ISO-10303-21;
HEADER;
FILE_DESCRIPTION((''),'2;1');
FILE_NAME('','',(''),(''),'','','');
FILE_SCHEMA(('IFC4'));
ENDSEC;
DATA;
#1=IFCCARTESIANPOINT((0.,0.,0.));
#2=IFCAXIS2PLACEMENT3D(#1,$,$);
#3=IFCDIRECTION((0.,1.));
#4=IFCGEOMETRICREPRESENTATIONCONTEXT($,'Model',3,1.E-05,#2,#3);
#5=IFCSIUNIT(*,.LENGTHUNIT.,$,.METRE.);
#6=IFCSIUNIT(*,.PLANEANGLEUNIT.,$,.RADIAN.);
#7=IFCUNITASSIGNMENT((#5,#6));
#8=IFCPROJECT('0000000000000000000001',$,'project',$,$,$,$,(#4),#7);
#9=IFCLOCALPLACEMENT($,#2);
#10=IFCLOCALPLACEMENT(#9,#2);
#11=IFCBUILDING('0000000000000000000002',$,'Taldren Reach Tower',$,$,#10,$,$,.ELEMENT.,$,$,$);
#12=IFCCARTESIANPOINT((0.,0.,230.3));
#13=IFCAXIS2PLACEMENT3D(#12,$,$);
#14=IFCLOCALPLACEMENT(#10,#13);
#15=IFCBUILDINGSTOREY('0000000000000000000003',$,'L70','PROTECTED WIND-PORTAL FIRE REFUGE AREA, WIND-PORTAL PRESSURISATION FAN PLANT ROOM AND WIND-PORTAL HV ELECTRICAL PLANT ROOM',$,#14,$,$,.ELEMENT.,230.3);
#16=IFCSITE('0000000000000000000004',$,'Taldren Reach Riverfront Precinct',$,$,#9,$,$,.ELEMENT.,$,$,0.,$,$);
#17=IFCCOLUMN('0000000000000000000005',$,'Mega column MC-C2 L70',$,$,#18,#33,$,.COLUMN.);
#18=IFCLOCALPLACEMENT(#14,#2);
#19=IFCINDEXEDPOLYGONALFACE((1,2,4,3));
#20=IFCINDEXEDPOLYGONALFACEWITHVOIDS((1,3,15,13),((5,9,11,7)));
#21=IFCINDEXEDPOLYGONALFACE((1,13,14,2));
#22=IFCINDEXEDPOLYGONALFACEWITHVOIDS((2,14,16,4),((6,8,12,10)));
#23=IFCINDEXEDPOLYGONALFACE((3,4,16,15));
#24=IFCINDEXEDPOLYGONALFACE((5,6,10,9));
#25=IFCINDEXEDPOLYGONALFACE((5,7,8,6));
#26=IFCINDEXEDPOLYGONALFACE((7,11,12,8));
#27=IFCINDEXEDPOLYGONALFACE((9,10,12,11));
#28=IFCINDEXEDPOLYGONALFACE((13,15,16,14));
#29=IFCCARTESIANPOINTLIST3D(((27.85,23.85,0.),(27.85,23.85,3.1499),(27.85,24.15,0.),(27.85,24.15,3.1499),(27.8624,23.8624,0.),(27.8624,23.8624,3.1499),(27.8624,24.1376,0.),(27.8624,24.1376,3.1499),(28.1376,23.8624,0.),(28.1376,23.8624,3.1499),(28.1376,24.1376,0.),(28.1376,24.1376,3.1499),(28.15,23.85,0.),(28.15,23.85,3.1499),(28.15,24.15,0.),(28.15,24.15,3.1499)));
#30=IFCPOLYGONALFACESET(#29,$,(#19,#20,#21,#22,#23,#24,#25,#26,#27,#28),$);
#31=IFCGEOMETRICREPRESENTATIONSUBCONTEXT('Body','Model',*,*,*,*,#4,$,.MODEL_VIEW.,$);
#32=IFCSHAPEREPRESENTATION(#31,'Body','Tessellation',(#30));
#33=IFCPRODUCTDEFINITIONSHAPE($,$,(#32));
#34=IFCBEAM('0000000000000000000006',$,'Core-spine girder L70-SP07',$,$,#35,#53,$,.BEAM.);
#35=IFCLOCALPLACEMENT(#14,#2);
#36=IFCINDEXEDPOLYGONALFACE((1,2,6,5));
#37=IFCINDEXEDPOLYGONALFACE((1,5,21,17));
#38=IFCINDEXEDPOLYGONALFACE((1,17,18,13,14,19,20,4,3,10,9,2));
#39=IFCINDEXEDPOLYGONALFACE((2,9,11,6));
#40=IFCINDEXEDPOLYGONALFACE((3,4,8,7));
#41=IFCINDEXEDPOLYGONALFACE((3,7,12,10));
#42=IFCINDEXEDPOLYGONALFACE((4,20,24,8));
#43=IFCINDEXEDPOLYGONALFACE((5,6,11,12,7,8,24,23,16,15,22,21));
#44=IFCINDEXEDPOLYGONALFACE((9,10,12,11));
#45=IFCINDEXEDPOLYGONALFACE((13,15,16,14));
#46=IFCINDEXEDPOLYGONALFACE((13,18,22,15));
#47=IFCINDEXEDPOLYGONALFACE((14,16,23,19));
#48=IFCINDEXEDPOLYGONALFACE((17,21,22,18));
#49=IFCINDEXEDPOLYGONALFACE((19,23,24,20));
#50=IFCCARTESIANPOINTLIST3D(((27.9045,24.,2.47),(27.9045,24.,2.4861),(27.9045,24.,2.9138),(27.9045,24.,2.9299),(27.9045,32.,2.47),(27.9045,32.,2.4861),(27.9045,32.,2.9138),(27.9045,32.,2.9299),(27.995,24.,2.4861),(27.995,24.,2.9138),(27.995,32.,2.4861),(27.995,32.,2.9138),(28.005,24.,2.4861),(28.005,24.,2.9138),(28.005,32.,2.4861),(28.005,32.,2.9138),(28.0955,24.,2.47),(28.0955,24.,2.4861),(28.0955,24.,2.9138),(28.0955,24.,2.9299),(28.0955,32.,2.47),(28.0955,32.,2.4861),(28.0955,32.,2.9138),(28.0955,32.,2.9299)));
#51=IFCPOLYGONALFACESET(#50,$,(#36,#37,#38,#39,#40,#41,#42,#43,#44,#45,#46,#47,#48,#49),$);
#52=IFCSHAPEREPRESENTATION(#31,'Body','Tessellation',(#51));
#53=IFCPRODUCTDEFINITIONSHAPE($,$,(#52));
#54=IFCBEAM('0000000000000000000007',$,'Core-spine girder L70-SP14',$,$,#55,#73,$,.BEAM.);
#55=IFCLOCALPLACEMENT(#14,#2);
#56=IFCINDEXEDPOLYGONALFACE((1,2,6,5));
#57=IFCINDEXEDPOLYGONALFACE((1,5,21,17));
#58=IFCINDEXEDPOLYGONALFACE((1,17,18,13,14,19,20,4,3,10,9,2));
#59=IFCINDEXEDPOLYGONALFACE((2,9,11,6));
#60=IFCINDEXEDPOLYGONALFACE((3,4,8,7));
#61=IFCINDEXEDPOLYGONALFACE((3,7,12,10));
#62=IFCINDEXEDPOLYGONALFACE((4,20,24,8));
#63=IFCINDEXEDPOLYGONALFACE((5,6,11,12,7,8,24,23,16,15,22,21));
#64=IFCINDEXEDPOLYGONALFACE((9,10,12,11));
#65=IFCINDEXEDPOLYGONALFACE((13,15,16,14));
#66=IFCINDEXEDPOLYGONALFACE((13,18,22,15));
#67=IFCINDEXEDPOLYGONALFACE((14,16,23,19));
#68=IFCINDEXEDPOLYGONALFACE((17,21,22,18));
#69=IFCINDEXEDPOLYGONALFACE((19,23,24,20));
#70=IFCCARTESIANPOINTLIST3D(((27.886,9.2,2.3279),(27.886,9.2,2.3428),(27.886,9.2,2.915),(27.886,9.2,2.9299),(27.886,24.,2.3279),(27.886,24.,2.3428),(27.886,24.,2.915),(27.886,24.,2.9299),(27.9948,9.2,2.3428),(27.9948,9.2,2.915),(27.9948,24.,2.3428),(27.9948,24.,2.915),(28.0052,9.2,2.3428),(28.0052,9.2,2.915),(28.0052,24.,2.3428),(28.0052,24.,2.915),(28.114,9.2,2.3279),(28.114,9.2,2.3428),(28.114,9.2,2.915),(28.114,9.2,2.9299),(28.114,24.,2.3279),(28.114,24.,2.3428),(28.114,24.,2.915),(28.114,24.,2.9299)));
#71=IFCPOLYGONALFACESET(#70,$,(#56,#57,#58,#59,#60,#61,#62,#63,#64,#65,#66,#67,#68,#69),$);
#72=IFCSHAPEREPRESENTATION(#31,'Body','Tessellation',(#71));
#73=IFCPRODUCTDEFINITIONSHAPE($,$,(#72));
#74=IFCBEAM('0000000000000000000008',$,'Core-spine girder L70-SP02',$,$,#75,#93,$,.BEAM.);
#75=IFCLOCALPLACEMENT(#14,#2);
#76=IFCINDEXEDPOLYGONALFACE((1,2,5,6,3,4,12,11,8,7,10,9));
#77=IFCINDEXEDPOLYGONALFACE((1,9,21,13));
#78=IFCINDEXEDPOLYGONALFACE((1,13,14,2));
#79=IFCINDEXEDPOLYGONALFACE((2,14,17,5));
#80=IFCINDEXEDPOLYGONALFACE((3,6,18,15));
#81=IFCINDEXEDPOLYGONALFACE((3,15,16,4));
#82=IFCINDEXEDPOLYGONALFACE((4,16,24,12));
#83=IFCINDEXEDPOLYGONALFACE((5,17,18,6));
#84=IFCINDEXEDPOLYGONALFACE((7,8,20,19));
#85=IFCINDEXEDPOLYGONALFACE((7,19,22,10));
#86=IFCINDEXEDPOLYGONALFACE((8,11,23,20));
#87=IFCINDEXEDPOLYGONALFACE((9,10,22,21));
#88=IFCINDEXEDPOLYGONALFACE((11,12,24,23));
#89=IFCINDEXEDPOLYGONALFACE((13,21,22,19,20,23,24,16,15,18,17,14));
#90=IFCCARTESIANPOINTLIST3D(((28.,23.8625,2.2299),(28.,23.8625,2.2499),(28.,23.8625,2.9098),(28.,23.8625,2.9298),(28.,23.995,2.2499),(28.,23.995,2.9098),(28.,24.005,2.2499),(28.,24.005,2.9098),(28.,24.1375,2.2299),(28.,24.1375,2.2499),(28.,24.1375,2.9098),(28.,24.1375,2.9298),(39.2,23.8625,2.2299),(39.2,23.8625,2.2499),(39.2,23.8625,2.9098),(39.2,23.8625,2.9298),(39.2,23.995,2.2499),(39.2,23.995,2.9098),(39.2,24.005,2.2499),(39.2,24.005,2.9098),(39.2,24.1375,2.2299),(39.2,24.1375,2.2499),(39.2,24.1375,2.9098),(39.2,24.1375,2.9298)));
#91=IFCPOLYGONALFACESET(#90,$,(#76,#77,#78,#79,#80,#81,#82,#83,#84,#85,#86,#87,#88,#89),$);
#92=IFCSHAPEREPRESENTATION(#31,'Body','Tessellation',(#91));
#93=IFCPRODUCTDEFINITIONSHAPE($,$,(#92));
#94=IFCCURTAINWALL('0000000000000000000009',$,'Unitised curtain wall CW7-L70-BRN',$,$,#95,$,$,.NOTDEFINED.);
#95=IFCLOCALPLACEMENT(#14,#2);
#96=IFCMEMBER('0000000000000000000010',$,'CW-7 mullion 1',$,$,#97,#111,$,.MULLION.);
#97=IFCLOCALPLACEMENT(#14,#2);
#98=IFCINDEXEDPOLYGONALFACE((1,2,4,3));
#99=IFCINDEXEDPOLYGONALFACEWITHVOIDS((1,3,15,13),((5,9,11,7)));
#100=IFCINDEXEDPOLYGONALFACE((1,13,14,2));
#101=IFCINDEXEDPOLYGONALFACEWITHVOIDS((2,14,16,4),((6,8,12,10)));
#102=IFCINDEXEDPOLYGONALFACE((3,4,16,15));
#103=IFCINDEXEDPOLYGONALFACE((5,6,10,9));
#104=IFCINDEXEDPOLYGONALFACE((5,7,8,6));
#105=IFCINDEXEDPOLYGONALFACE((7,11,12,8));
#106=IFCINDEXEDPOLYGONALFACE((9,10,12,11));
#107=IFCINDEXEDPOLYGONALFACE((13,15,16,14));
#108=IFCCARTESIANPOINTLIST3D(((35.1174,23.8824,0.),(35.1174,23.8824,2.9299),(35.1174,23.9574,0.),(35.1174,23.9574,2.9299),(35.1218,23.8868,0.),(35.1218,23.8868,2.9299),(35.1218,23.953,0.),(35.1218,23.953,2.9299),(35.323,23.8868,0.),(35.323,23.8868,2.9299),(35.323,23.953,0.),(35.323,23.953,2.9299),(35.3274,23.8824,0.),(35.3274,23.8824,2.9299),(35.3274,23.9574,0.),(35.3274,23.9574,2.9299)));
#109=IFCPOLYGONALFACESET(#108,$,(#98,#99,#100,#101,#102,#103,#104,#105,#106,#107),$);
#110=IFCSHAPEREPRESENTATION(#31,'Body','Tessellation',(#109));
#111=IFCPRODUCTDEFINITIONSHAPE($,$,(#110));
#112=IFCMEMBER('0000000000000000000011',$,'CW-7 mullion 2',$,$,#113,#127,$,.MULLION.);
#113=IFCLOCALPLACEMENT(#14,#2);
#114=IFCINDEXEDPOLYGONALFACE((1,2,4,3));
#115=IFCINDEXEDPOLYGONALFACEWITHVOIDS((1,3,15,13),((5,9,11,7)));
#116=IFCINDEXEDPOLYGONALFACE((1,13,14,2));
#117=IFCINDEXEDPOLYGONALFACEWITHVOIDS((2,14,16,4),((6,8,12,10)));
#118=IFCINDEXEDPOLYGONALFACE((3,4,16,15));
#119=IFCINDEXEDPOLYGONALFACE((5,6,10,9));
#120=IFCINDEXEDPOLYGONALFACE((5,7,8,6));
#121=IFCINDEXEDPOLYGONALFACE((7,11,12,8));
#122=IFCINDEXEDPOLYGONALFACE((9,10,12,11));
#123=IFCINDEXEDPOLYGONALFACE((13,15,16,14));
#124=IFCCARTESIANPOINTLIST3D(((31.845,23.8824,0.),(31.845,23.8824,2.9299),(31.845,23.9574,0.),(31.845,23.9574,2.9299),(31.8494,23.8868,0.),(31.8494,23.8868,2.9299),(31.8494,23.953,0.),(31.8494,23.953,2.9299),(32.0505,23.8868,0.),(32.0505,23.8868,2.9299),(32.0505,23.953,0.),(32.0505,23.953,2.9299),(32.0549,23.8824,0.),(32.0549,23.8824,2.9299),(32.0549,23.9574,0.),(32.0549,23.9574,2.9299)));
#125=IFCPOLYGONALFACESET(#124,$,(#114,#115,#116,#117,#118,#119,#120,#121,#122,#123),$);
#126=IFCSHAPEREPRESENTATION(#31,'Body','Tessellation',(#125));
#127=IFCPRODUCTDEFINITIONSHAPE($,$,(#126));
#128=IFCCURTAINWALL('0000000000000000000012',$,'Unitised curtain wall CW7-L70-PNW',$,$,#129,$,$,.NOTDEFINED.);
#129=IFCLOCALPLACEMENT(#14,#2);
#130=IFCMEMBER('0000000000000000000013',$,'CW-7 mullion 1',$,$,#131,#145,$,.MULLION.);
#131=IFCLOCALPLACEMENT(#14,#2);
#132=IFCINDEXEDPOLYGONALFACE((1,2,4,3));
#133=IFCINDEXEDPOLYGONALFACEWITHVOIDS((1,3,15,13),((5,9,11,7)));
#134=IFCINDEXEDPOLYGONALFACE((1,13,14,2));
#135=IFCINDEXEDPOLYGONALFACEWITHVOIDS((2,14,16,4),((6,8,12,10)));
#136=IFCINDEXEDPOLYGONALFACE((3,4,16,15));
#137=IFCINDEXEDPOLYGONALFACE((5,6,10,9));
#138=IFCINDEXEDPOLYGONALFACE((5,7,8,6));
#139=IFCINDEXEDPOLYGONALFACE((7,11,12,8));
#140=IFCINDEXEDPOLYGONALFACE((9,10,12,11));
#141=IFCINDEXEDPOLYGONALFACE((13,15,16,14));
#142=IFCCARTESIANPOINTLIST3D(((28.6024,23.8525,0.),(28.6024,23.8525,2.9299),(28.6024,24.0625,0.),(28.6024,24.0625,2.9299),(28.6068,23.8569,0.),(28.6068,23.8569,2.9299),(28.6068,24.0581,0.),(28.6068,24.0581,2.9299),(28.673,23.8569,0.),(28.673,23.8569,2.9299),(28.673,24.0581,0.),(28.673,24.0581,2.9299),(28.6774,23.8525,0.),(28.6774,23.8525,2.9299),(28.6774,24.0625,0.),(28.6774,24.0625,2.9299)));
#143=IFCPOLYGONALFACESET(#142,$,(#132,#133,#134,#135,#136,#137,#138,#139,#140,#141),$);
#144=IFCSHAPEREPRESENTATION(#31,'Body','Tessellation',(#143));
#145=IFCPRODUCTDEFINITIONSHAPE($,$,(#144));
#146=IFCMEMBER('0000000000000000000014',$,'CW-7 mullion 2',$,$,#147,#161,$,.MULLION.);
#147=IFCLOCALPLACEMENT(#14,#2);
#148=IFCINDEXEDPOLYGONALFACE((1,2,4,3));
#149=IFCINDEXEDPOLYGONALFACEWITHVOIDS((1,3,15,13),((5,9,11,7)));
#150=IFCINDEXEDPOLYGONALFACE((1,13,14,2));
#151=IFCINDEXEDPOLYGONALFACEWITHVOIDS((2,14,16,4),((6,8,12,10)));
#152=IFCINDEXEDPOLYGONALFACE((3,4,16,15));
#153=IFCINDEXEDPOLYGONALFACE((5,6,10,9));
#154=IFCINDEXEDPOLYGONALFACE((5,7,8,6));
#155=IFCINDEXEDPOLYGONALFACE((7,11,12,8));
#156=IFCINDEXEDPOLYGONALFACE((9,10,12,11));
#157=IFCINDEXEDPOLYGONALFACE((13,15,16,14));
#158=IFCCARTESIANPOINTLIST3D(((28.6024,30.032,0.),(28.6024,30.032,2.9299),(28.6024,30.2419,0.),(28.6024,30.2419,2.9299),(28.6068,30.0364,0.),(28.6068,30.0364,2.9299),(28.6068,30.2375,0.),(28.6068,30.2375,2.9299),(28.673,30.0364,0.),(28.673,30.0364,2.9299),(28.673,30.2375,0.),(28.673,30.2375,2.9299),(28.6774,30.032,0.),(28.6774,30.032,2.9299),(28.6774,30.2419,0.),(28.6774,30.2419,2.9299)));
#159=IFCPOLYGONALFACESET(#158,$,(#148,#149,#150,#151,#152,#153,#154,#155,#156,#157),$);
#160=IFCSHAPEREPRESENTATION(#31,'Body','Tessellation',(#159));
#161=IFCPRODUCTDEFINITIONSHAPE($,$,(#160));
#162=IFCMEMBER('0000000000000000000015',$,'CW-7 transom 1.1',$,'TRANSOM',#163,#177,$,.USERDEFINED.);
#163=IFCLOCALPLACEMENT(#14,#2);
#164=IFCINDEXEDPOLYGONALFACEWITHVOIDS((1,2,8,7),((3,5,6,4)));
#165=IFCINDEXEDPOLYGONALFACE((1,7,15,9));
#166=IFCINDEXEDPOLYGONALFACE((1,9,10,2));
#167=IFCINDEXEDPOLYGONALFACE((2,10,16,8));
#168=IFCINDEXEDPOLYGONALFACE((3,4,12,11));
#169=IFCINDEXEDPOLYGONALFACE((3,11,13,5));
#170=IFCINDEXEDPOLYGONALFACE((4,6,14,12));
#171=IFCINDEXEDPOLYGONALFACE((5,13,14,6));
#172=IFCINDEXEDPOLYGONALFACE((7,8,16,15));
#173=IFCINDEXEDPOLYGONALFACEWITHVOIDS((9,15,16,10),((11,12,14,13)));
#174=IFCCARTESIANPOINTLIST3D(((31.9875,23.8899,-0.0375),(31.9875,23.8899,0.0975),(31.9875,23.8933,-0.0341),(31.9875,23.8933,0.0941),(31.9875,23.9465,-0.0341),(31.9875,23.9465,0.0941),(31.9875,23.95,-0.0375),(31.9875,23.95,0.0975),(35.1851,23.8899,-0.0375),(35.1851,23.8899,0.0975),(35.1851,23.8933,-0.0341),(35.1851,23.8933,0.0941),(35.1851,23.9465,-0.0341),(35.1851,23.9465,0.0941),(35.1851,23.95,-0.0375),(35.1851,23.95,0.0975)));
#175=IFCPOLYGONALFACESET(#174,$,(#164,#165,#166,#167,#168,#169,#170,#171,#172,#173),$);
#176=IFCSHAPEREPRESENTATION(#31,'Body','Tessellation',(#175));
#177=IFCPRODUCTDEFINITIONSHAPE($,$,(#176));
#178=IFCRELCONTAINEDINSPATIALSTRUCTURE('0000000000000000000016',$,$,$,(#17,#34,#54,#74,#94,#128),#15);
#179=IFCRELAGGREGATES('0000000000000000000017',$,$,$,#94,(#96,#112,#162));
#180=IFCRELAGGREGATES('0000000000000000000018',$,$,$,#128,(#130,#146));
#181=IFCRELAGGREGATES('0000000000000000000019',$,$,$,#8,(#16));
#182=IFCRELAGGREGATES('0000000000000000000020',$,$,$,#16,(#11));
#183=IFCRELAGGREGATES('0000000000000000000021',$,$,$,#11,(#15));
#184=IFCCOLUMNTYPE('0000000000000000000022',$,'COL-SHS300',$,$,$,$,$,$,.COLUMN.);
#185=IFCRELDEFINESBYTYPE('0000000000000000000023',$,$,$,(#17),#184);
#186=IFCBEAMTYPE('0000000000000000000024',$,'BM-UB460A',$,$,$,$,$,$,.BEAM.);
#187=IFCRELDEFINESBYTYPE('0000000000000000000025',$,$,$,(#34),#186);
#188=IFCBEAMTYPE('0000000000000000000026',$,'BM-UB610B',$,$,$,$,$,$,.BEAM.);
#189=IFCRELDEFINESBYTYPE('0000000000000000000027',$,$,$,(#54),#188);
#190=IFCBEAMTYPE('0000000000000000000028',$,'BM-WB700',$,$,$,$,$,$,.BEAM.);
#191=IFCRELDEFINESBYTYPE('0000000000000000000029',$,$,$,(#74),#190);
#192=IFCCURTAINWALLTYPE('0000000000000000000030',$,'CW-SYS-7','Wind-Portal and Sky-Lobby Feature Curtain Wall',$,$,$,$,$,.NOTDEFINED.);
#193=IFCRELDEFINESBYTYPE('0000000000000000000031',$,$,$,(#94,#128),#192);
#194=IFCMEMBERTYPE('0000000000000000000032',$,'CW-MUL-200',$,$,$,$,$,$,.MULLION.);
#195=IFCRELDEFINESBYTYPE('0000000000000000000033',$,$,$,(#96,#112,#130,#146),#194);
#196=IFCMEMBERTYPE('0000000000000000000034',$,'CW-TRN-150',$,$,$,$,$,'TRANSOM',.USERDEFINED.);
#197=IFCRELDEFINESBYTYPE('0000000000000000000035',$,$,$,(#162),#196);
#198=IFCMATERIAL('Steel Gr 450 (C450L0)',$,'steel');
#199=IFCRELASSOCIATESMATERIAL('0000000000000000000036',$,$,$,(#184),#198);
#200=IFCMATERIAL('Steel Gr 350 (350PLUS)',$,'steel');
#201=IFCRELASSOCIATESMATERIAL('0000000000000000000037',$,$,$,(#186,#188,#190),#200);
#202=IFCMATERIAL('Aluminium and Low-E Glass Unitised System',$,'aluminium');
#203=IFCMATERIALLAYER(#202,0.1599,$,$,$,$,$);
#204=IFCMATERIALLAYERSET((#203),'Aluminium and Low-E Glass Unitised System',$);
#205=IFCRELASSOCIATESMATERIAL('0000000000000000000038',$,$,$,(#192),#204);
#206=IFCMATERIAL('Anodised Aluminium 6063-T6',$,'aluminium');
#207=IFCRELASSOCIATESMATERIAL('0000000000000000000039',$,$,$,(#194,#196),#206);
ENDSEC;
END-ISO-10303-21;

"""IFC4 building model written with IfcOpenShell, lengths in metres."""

from ifc_helpers import new_model, si_unit, direction, frame, origin, origin_2d, place, context, subcontext, project, spatial, hollow_rectangle, i_section, extrude, source, transform, mapped, material, layer, layer_set, material_profile, profile_set, type_object, element, aggregate, save


model = new_model("IFC4")

# Units and contexts
model_context = context("Model", 3, precision=1e-05, world=origin(), true_north=direction((0.0, 1.0)))
body_context = subcontext(model_context, "Body", "Model", "MODEL_VIEW")
ifc_project = project(units=[si_unit("LENGTHUNIT", "METRE"), si_unit("PLANEANGLEUNIT", "RADIAN")], contexts=[model_context])

# Site, building, storey
site_placement = place(None, origin())
site = spatial("IfcSite", under=ifc_project, at=site_placement, Name="Taldren Reach Riverfront Precinct", CompositionType="ELEMENT", RefElevation=0.0)
building_placement = place(site_placement, origin())
building = spatial("IfcBuilding", under=site, at=building_placement, Name="Taldren Reach Tower", CompositionType="ELEMENT")
storey_placement = place(building_placement, frame((0.0, 0.0, 230.3)))
storey = spatial("IfcBuildingStorey", under=building, at=storey_placement, Name="L70", Description="PROTECTED WIND-PORTAL FIRE REFUGE AREA, WIND-PORTAL PRESSURISATION FAN PLANT ROOM AND WIND-PORTAL HV ELECTRICAL PLANT ROOM", CompositionType="ELEMENT", Elevation=230.3)

# Column
ifc_material_1 = material(Name="Steel Gr 450 (C450L0)", Category="steel")
ifc_material_profile_1 = material_profile(ifc_material_1, hollow_rectangle(XDim=0.3, YDim=0.3, WallThickness=0.0125, at=origin_2d()), Name="300x300x12.5SHS")
ifc_profile_set_1 = profile_set([ifc_material_profile_1], Name="Steel Gr 450 (C450L0)")
column_type = type_object("IfcColumnType", Name="COL-SHS300", PredefinedType="COLUMN", material=ifc_profile_set_1)
shared_shape_1 = source(origin(), body_context, "Body", "SweptSolid", [
    extrude(hollow_rectangle(XDim=0.3, YDim=0.3, WallThickness=0.0125, at=origin_2d()), origin(), (0.0, 0.0, 1.0), 3.1499),
])
column_placement = place(storey_placement, frame((28.0, 24.0, 0.0), z_axis=(0.0, 0.0, 1.0), x_axis=(1.0, 0.0, 0.0)))
element("IfcColumn", 1, at=column_placement, inside=storey, type_object=column_type, Name="Mega column MC-C2 L70", PredefinedType="COLUMN", context=body_context, shape_type="MappedRepresentation", body=[
    mapped(shared_shape_1, transform((0.0, 0.0, 0.0), scale=1.0)),
])

# Beams
ifc_material_2 = material(Name="Steel Gr 350 (350PLUS)", Category="steel")
ifc_material_profile_2 = material_profile(ifc_material_2, i_section(OverallWidth=0.1909, OverallDepth=0.46, WebThickness=0.01, FlangeThickness=0.0161, at=origin_2d()), Name="460UB82.1")
ifc_profile_set_2 = profile_set([ifc_material_profile_2], Name="Steel Gr 350 (350PLUS)")
beam_type_1 = type_object("IfcBeamType", Name="BM-UB460A", PredefinedType="BEAM", material=ifc_profile_set_2)
shared_shape_2 = source(origin(), body_context, "Body", "SweptSolid", [
    extrude(i_section(OverallWidth=0.1909, OverallDepth=0.46, WebThickness=0.01, FlangeThickness=0.0161, at=origin_2d()), origin(), (0.0, 0.0, 1.0), 8.0),
])
beam_1_placement = place(storey_placement, frame((28.0, 24.0, 2.7), z_axis=(0.0, 1.0, 0.0), x_axis=(-1.0, 0.0, 0.0)))
element("IfcBeam", 2, at=beam_1_placement, inside=storey, type_object=beam_type_1, Name="Core-spine girder L70-SP07", PredefinedType="BEAM", context=body_context, shape_type="MappedRepresentation", body=[
    mapped(shared_shape_2, transform((0.0, 0.0, 0.0), scale=1.0)),
])
ifc_material_profile_3 = material_profile(ifc_material_2, i_section(OverallWidth=0.228, OverallDepth=0.6021, WebThickness=0.0105, FlangeThickness=0.0149, at=origin_2d()), Name="610UB101")
ifc_profile_set_3 = profile_set([ifc_material_profile_3], Name="Steel Gr 350 (350PLUS)")
beam_type_2 = type_object("IfcBeamType", Name="BM-UB610B", PredefinedType="BEAM", material=ifc_profile_set_3)
shared_shape_3 = source(origin(), body_context, "Body", "SweptSolid", [
    extrude(i_section(OverallWidth=0.228, OverallDepth=0.6021, WebThickness=0.0105, FlangeThickness=0.0149, at=origin_2d()), origin(), (0.0, 0.0, 1.0), 14.8),
])
beam_2_placement = place(storey_placement, frame((28.0, 24.0, 2.6289), z_axis=(0.0, -1.0, 0.0), x_axis=(1.0, 0.0, 0.0)))
element("IfcBeam", 3, at=beam_2_placement, inside=storey, type_object=beam_type_2, Name="Core-spine girder L70-SP14", PredefinedType="BEAM", context=body_context, shape_type="MappedRepresentation", body=[
    mapped(shared_shape_3, transform((0.0, 0.0, 0.0), scale=1.0)),
])
ifc_material_profile_4 = material_profile(ifc_material_2, i_section(OverallWidth=0.2749, OverallDepth=0.7, WebThickness=0.01, FlangeThickness=0.02, at=origin_2d()), Name="700WB150")
ifc_profile_set_4 = profile_set([ifc_material_profile_4], Name="Steel Gr 350 (350PLUS)")
beam_type_3 = type_object("IfcBeamType", Name="BM-WB700", PredefinedType="BEAM", material=ifc_profile_set_4)
shared_shape_4 = source(origin(), body_context, "Body", "SweptSolid", [
    extrude(i_section(OverallWidth=0.2749, OverallDepth=0.7, WebThickness=0.01, FlangeThickness=0.02, at=origin_2d()), origin(), (0.0, 0.0, 1.0), 11.2),
])
beam_3_placement = place(storey_placement, frame((28.0, 24.0, 2.5798), z_axis=(1.0, 0.0, 0.0), x_axis=(0.0, 1.0, 0.0)))
element("IfcBeam", 4, at=beam_3_placement, inside=storey, type_object=beam_type_3, Name="Core-spine girder L70-SP02", PredefinedType="BEAM", context=body_context, shape_type="MappedRepresentation", body=[
    mapped(shared_shape_4, transform((0.0, 0.0, 0.0), scale=1.0)),
])

# Curtain walls, members
ifc_material_3 = material(Name="Aluminium and Low-E Glass Unitised System", Category="aluminium")
ifc_layer_1 = layer(ifc_material_3, 0.1599)
ifc_layer_set_1 = layer_set([ifc_layer_1], Name="Aluminium and Low-E Glass Unitised System")
curtain_wall_type = type_object("IfcCurtainWallType", Name="CW-SYS-7", Description="Wind-Portal and Sky-Lobby Feature Curtain Wall", PredefinedType="NOTDEFINED", material=ifc_layer_set_1)
curtain_wall_1_placement = place(storey_placement, origin())
curtain_wall_1 = element("IfcCurtainWall", 5, at=curtain_wall_1_placement, inside=storey, type_object=curtain_wall_type, Name="Unitised curtain wall CW7-L70-BRN", PredefinedType="NOTDEFINED")
ifc_material_4 = material(Name="Anodised Aluminium 6063-T6", Category="aluminium")
ifc_material_profile_5 = material_profile(ifc_material_4, hollow_rectangle(XDim=0.075, YDim=0.21, WallThickness=0.0044, at=origin_2d()), Name="ALU-210x75x4.5RHS")
ifc_profile_set_5 = profile_set([ifc_material_profile_5], Name="Anodised Aluminium 6063-T6")
member_type_1 = type_object("IfcMemberType", Name="CW-MUL-200", PredefinedType="MULLION", material=ifc_profile_set_5)
shared_shape_5 = source(origin(), body_context, "Body", "SweptSolid", [
    extrude(hollow_rectangle(XDim=0.075, YDim=0.21, WallThickness=0.0044, at=origin_2d()), origin(), (0.0, 0.0, 1.0), 2.9299),
])
member_1_placement = place(storey_placement, frame((35.2224, 23.9199, 0.0), z_axis=(0.0, 0.0, 1.0), x_axis=(0.0, -1.0, 0.0)))
member_1 = element("IfcMember", 6, at=member_1_placement, type_object=member_type_1, Name="CW-7 mullion 1", PredefinedType="MULLION", context=body_context, shape_type="MappedRepresentation", body=[
    mapped(shared_shape_5, transform((0.0, 0.0, 0.0), scale=1.0)),
])
member_2_placement = place(storey_placement, frame((31.95, 23.9199, 0.0), z_axis=(0.0, 0.0, 1.0), x_axis=(0.0, -1.0, 0.0)))
member_2 = element("IfcMember", 7, at=member_2_placement, type_object=member_type_1, Name="CW-7 mullion 2", PredefinedType="MULLION", context=body_context, shape_type="MappedRepresentation", body=[
    mapped(shared_shape_5, transform((0.0, 0.0, 0.0), scale=1.0)),
])
curtain_wall_2_placement = place(storey_placement, origin())
curtain_wall_2 = element("IfcCurtainWall", 8, at=curtain_wall_2_placement, inside=storey, type_object=curtain_wall_type, Name="Unitised curtain wall CW7-L70-PNW", PredefinedType="NOTDEFINED")
member_3_placement = place(storey_placement, frame((28.6399, 23.9575, 0.0), z_axis=(0.0, 0.0, 1.0), x_axis=(-1.0, 0.0, 0.0)))
member_3 = element("IfcMember", 9, at=member_3_placement, type_object=member_type_1, Name="CW-7 mullion 1", PredefinedType="MULLION", context=body_context, shape_type="MappedRepresentation", body=[
    mapped(shared_shape_5, transform((0.0, 0.0, 0.0), scale=1.0)),
])
member_4_placement = place(storey_placement, frame((28.6399, 30.137, 0.0), z_axis=(0.0, 0.0, 1.0), x_axis=(-1.0, 0.0, 0.0)))
member_4 = element("IfcMember", 10, at=member_4_placement, type_object=member_type_1, Name="CW-7 mullion 2", PredefinedType="MULLION", context=body_context, shape_type="MappedRepresentation", body=[
    mapped(shared_shape_5, transform((0.0, 0.0, 0.0), scale=1.0)),
])

# Member
ifc_material_profile_6 = material_profile(ifc_material_4, hollow_rectangle(XDim=0.0601, YDim=0.135, WallThickness=0.0034, at=origin_2d()), Name="ALU-135x60x3.5RHS")
ifc_profile_set_6 = profile_set([ifc_material_profile_6], Name="Anodised Aluminium 6063-T6")
member_type_2 = type_object("IfcMemberType", Name="CW-TRN-150", ElementType="TRANSOM", PredefinedType="USERDEFINED", material=ifc_profile_set_6)
shared_shape_6 = source(origin(), body_context, "Body", "SweptSolid", [
    extrude(hollow_rectangle(XDim=0.0601, YDim=0.135, WallThickness=0.0034, at=origin_2d()), origin(), (0.0, 0.0, 1.0), 3.1975),
])
member_5_placement = place(storey_placement, frame((35.1851, 23.9199, 0.03), z_axis=(-1.0, 0.0, 0.0), x_axis=(0.0, -1.0, 0.0)))
member_5 = element("IfcMember", 11, at=member_5_placement, type_object=member_type_2, Name="CW-7 transom 1.1", ObjectType="TRANSOM", PredefinedType="USERDEFINED", context=body_context, shape_type="MappedRepresentation", body=[
    mapped(shared_shape_6, transform((0.0, 0.0, 0.0), scale=1.0)),
])

aggregate(curtain_wall_1, [member_1, member_2, member_5])
aggregate(curtain_wall_2, [member_3, member_4])

save(model, "model.ifc")
